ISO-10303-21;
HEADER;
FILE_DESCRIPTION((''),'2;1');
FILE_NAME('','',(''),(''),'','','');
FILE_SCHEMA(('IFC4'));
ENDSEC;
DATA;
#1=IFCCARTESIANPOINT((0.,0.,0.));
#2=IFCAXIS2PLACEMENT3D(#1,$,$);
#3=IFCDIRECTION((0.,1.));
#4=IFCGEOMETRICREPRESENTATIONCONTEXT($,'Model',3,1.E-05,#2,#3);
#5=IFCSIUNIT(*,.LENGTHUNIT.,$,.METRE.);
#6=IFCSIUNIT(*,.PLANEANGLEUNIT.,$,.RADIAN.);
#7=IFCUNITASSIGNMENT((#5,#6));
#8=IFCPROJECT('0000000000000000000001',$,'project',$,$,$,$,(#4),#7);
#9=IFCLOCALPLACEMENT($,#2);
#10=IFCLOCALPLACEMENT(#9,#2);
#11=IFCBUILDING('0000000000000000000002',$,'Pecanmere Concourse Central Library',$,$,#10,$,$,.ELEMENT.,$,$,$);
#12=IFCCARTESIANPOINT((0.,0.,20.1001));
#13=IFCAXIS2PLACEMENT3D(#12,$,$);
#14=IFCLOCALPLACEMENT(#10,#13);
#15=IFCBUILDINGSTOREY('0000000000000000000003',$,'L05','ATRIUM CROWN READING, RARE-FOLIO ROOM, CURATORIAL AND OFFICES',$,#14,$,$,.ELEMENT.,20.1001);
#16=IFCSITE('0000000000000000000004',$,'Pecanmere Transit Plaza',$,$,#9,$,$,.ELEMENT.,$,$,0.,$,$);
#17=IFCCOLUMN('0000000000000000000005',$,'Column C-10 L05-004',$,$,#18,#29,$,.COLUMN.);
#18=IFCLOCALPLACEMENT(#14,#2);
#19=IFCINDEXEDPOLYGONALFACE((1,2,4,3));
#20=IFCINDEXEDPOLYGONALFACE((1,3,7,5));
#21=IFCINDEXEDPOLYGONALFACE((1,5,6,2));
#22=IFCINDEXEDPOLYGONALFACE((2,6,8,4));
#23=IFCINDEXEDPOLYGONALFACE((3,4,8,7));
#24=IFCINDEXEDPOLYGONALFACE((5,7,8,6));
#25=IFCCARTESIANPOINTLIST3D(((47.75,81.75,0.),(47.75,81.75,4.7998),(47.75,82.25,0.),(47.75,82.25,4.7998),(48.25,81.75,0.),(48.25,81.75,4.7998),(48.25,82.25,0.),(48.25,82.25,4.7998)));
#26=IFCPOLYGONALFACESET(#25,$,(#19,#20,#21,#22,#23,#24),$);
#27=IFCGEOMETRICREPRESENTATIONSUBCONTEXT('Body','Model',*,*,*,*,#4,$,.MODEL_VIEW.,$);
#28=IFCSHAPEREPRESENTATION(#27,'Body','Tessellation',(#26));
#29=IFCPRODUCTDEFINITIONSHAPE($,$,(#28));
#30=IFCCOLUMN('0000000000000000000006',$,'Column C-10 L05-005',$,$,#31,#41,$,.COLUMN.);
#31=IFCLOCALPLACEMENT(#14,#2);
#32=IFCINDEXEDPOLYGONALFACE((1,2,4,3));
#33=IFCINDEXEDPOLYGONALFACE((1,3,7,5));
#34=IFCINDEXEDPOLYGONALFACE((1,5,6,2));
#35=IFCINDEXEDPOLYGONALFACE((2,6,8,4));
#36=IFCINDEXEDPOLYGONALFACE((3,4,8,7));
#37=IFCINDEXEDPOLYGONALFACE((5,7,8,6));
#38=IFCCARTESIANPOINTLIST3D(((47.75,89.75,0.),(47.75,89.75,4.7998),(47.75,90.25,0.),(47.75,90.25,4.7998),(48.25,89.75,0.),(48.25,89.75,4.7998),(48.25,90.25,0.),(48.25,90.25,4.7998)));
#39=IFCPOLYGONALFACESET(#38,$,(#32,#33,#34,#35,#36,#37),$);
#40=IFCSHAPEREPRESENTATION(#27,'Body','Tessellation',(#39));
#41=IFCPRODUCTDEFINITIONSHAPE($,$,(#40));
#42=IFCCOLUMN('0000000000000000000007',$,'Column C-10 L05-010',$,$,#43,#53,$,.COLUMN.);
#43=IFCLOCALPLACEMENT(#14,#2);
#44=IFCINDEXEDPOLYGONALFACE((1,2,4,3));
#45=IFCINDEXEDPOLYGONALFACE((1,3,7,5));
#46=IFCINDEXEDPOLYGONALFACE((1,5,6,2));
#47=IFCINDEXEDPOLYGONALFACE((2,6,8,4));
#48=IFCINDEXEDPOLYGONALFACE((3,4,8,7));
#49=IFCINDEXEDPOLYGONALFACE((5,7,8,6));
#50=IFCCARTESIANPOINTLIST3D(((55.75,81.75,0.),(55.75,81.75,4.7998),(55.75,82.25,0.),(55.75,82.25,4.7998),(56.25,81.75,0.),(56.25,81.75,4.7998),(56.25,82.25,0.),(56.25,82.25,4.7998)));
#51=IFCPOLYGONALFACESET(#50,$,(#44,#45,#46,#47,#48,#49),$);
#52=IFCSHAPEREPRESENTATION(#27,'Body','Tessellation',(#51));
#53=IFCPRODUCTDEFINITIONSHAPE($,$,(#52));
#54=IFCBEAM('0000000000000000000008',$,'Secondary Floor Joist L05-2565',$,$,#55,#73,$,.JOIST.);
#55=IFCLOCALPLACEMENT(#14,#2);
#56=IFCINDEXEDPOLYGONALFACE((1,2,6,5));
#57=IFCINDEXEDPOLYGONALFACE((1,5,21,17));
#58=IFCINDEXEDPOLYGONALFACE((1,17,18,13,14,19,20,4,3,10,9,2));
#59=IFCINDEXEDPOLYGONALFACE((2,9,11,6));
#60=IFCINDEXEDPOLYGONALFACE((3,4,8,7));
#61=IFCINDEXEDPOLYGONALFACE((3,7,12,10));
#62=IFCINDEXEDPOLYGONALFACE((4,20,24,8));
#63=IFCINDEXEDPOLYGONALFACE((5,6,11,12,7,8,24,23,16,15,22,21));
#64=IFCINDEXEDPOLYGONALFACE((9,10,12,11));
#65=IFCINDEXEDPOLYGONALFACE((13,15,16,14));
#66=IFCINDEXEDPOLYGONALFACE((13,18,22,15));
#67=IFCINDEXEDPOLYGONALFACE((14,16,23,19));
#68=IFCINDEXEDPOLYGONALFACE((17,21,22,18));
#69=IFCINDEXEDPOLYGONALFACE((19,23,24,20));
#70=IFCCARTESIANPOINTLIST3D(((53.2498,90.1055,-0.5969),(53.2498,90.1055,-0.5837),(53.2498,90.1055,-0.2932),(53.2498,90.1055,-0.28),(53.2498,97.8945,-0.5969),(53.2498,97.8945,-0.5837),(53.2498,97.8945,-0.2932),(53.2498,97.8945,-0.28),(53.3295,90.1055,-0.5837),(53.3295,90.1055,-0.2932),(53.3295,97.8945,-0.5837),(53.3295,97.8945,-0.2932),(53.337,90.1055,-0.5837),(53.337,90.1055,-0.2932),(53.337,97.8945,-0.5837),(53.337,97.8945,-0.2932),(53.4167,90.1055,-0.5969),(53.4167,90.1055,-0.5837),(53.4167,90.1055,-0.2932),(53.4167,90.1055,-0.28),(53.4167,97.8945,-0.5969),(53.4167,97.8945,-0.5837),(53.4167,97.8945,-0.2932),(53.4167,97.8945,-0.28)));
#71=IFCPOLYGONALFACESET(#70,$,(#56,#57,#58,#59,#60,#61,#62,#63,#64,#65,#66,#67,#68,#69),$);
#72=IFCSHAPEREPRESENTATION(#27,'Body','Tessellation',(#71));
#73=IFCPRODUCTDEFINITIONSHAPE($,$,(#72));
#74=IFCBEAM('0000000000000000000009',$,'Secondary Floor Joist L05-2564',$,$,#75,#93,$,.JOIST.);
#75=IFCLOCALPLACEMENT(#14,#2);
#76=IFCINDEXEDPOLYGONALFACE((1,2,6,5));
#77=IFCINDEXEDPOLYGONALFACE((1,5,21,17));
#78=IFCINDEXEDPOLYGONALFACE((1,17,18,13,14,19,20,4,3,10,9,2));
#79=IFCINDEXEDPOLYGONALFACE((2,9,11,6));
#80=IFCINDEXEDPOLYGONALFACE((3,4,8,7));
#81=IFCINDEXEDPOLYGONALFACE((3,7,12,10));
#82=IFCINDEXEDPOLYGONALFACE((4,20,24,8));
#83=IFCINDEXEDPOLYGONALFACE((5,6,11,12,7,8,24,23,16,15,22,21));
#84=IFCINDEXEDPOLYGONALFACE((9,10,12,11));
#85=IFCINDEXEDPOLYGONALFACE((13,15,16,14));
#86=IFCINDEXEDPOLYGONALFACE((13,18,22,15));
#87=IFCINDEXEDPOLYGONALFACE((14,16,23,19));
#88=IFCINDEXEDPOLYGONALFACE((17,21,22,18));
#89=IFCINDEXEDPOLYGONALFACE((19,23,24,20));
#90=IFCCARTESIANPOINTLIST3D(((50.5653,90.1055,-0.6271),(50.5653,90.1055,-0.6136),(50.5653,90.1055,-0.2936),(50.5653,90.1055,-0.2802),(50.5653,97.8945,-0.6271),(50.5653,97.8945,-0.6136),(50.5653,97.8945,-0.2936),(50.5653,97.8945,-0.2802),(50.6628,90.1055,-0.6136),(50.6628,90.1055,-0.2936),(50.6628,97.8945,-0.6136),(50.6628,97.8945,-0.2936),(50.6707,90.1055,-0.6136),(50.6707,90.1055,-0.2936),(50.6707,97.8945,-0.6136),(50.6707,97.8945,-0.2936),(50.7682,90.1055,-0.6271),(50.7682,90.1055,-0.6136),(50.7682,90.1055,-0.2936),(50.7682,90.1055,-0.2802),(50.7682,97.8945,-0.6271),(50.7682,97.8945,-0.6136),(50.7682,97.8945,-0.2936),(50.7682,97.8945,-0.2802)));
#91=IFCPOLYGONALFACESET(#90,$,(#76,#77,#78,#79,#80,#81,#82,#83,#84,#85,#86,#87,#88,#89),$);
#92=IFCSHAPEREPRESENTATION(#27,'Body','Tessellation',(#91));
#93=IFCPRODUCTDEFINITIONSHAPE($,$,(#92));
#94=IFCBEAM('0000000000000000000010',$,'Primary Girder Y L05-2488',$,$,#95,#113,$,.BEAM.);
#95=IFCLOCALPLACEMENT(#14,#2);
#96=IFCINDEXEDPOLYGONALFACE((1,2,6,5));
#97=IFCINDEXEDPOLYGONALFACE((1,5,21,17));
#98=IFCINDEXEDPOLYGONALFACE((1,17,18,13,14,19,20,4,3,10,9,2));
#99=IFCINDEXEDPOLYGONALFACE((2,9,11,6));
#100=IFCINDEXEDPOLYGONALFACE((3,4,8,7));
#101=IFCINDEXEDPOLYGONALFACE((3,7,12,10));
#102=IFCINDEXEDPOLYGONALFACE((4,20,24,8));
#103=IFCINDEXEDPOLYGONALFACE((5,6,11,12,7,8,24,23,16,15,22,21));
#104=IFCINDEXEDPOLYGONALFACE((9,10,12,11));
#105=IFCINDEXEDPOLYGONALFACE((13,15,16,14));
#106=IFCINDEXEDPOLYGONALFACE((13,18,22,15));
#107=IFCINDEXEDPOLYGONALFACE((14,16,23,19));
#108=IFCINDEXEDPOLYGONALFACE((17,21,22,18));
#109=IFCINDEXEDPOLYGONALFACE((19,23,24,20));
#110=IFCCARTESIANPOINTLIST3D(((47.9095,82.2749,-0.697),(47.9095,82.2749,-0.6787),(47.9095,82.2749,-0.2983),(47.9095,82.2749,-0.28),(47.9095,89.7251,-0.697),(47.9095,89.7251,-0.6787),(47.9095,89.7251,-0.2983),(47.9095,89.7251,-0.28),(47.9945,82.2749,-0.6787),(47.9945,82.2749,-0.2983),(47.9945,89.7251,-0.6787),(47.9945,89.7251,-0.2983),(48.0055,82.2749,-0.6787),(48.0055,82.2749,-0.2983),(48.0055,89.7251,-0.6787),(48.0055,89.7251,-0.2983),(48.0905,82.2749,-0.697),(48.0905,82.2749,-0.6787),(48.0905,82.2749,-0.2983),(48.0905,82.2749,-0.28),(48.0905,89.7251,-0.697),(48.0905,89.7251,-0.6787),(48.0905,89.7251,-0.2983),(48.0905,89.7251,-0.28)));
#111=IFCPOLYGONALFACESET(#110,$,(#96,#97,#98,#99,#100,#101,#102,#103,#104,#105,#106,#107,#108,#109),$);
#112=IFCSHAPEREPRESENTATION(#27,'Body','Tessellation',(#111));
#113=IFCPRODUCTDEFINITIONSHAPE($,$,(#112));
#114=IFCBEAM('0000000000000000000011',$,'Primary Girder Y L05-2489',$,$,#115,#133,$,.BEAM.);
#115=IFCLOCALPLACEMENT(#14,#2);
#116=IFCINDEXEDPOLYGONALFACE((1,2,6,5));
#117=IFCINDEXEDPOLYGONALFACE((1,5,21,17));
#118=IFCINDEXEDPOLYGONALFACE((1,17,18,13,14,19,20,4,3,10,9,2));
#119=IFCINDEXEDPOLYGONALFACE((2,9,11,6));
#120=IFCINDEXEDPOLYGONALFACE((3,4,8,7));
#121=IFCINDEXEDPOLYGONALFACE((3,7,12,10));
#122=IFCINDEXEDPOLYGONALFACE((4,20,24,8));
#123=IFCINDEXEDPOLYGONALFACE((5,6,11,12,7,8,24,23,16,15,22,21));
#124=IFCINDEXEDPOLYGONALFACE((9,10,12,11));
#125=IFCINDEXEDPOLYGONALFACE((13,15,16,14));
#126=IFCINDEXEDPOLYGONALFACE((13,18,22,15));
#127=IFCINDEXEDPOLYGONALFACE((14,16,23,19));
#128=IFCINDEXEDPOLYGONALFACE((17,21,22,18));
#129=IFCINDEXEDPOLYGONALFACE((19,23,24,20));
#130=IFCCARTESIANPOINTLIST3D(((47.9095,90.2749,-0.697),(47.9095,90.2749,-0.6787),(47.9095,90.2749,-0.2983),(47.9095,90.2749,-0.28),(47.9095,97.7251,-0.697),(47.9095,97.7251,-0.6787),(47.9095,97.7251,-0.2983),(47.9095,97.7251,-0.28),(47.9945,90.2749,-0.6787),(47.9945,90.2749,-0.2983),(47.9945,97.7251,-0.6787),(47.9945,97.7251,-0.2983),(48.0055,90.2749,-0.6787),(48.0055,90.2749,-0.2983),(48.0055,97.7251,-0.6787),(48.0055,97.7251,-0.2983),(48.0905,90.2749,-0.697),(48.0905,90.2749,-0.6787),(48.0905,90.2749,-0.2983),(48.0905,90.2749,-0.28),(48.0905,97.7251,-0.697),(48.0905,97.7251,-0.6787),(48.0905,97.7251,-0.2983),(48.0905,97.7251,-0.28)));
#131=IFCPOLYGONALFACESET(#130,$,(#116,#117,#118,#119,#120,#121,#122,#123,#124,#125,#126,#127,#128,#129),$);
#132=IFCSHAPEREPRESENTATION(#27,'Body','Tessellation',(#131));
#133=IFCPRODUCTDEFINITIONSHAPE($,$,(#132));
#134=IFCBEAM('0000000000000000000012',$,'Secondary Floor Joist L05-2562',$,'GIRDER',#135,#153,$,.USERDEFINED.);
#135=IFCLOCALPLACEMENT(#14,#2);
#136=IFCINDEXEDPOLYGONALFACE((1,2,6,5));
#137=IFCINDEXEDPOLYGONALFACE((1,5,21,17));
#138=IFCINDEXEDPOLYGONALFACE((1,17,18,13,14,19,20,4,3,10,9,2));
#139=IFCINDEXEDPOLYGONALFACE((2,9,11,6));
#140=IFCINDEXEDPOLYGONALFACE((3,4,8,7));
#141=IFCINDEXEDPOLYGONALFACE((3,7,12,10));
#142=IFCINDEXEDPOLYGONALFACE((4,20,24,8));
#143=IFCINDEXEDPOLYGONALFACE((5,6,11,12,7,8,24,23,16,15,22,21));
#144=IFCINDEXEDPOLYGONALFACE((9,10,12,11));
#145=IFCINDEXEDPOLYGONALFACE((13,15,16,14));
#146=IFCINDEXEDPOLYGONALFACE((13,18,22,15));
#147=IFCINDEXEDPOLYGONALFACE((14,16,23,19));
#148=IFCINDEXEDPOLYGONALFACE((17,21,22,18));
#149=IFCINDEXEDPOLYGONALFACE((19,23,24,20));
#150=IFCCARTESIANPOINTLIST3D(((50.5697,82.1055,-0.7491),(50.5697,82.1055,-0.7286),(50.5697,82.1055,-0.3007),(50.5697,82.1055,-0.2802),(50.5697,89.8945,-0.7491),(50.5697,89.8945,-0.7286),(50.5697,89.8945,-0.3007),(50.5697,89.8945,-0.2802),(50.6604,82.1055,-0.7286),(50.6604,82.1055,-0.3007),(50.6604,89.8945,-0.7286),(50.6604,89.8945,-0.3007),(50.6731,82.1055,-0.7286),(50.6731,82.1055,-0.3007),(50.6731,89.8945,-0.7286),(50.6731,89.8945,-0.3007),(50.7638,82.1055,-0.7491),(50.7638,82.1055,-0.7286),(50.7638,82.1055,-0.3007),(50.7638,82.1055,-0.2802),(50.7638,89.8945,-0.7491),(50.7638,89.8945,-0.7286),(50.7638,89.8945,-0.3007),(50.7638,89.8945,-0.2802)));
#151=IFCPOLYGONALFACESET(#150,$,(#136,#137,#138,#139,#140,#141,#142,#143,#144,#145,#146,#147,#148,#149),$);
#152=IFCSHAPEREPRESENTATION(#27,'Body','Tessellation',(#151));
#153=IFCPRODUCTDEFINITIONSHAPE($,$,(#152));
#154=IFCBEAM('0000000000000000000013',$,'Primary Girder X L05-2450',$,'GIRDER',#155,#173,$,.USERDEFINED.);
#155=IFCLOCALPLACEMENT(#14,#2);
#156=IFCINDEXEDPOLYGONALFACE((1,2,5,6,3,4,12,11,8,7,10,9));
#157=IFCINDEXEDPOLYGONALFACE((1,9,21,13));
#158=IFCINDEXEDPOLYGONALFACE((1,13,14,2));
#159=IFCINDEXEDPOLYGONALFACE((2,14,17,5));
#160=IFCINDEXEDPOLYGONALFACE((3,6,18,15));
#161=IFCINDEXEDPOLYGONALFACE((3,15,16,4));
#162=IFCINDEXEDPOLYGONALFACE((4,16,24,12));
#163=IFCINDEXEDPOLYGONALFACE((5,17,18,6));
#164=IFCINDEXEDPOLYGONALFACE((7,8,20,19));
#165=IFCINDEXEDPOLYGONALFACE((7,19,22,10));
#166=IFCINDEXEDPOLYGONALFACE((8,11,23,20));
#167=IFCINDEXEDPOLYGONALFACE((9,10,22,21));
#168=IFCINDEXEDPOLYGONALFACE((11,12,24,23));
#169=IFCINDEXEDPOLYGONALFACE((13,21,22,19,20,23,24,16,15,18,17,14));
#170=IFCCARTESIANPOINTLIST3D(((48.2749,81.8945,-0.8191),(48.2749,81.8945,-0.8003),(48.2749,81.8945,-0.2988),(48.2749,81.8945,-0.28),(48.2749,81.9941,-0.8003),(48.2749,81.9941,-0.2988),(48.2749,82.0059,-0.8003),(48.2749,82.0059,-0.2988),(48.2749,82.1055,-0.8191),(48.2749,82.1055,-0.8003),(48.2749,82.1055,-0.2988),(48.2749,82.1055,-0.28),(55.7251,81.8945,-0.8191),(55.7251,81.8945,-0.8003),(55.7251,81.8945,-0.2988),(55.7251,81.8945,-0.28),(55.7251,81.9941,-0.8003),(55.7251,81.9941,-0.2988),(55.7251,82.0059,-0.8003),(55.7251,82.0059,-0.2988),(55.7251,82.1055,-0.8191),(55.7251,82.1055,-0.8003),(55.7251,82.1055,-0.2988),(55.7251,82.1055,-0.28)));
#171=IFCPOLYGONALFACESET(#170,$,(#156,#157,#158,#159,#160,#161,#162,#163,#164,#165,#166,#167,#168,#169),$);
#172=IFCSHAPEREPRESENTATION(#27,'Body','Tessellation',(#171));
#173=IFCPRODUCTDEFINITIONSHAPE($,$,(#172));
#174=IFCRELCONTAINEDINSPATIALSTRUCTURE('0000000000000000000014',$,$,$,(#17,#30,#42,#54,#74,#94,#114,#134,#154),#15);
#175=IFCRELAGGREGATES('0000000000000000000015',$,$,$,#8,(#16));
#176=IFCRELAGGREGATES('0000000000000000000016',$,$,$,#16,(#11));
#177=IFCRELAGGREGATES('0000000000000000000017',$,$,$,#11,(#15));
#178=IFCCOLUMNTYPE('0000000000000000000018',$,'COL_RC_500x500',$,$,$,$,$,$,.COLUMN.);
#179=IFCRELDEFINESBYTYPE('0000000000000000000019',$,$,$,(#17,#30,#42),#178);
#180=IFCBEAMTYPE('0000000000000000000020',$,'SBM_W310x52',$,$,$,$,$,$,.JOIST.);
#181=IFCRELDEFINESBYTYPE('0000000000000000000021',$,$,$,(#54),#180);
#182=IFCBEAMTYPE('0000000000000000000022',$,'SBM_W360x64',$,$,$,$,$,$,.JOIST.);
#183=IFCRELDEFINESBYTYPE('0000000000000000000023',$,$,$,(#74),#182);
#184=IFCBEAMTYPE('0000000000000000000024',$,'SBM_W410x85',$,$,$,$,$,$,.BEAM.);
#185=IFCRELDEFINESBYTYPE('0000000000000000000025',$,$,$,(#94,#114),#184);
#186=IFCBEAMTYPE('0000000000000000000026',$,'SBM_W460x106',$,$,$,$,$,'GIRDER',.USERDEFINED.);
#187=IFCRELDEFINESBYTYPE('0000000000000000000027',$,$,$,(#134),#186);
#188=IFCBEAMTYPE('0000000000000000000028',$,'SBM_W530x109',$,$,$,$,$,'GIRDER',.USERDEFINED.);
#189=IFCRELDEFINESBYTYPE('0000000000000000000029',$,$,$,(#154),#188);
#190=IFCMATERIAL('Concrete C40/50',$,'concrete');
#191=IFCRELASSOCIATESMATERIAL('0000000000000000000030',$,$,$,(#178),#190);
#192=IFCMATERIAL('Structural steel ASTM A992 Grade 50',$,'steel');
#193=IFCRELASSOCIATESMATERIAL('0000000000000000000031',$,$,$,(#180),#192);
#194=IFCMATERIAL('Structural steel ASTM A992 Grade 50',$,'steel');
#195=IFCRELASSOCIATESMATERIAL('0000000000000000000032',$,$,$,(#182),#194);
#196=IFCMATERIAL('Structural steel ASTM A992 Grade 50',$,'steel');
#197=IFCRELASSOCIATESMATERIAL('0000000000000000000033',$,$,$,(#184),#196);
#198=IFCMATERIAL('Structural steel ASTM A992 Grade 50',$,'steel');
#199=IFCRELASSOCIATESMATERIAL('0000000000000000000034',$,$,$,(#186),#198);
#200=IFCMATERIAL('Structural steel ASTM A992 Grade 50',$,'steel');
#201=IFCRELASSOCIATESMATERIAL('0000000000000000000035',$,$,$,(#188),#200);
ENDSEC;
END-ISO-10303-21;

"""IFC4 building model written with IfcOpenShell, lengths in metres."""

from ifc_helpers import new_model, si_unit, direction, frame, origin, origin_2d, place, context, subcontext, project, spatial, rectangle, i_section, extrude, material, material_profile, profile_set, type_object, element, save


model = new_model("IFC4")

# Units and contexts
model_context = context("Model", 3, precision=1e-05, world=origin(), true_north=direction((0.0, 1.0)))
body_context = subcontext(model_context, "Body", "Model", "MODEL_VIEW")
ifc_project = project(units=[si_unit("LENGTHUNIT", "METRE"), si_unit("PLANEANGLEUNIT", "RADIAN")], contexts=[model_context])

# Site, building, storey
site_placement = place(None, origin())
site = spatial("IfcSite", under=ifc_project, at=site_placement, Name="Pecanmere Transit Plaza", CompositionType="ELEMENT", RefElevation=0.0)
building_placement = place(site_placement, origin())
building = spatial("IfcBuilding", under=site, at=building_placement, Name="Pecanmere Concourse Central Library", CompositionType="ELEMENT")
storey_placement = place(building_placement, frame((0.0, 0.0, 20.1001)))
storey = spatial("IfcBuildingStorey", under=building, at=storey_placement, Name="L05", Description="ATRIUM CROWN READING, RARE-FOLIO ROOM, CURATORIAL AND OFFICES", CompositionType="ELEMENT", Elevation=20.1001)

# Columns
ifc_material_1 = material(Name="Concrete C40/50", Category="concrete")
ifc_material_profile_1 = material_profile(ifc_material_1, rectangle(XDim=0.5, YDim=0.5, at=origin_2d()), Name="RC 500x500")
ifc_profile_set_1 = profile_set([ifc_material_profile_1], Name="Concrete C40/50")
column_type = type_object("IfcColumnType", Name="COL_RC_500x500", PredefinedType="COLUMN", material=ifc_profile_set_1)
for number, where, z_axis, x_axis, name in (
    (1, (48.0, 82.0, 0.0), (0.0, 0.0, 1.0), (1.0, 0.0, 0.0), "Column C-10 L05-004"),
    (2, (48.0, 90.0, 0.0), (0.0, 0.0, 1.0), (1.0, 0.0, 0.0), "Column C-10 L05-005"),
    (3, (56.0, 82.0, 0.0), (0.0, 0.0, 1.0), (1.0, 0.0, 0.0), "Column C-10 L05-010"),
):
    element("IfcColumn", number, at=place(storey_placement, frame(where, z_axis=z_axis, x_axis=x_axis)), inside=storey, type_object=column_type, Name=name, PredefinedType="COLUMN", context=body_context, shape_type="SweptSolid", body=[
        extrude(rectangle(XDim=0.5, YDim=0.5, at=origin_2d()), origin(), (0.0, 0.0, 1.0), 4.7998),
    ])

# Beams
ifc_material_2 = material(Name="Structural steel ASTM A992 Grade 50", Category="steel")
ifc_material_profile_2 = material_profile(ifc_material_2, i_section(OverallWidth=0.167, OverallDepth=0.3169, WebThickness=0.0076, FlangeThickness=0.0132, at=origin_2d()), Name="W310x52")
ifc_profile_set_2 = profile_set([ifc_material_profile_2], Name="Structural steel ASTM A992 Grade 50")
beam_type_1 = type_object("IfcBeamType", Name="SBM_W310x52", PredefinedType="JOIST", material=ifc_profile_set_2)
beam_1_placement = place(storey_placement, frame((53.3333, 90.1055, -0.4385), z_axis=(0.0, 1.0, 0.0), x_axis=(-1.0, 0.0, 0.0)))
element("IfcBeam", 4, at=beam_1_placement, inside=storey, type_object=beam_type_1, Name="Secondary Floor Joist L05-2565", PredefinedType="JOIST", context=body_context, shape_type="SweptSolid", body=[
    extrude(i_section(OverallWidth=0.167, OverallDepth=0.3169, WebThickness=0.0076, FlangeThickness=0.0132, at=origin_2d()), origin(), (0.0, 0.0, 1.0), 7.7891),
])
ifc_material_3 = material(Name="Structural steel ASTM A992 Grade 50", Category="steel")
ifc_material_profile_3 = material_profile(ifc_material_3, i_section(OverallWidth=0.2029, OverallDepth=0.3469, WebThickness=0.0078, FlangeThickness=0.0134, at=origin_2d()), Name="W360x64")
ifc_profile_set_3 = profile_set([ifc_material_profile_3], Name="Structural steel ASTM A992 Grade 50")
beam_type_2 = type_object("IfcBeamType", Name="SBM_W360x64", PredefinedType="JOIST", material=ifc_profile_set_3)
beam_2_placement = place(storey_placement, frame((50.6667, 90.1055, -0.4536), z_axis=(0.0, 1.0, 0.0), x_axis=(-1.0, 0.0, 0.0)))
element("IfcBeam", 5, at=beam_2_placement, inside=storey, type_object=beam_type_2, Name="Secondary Floor Joist L05-2564", PredefinedType="JOIST", context=body_context, shape_type="SweptSolid", body=[
    extrude(i_section(OverallWidth=0.2029, OverallDepth=0.3469, WebThickness=0.0078, FlangeThickness=0.0134, at=origin_2d()), origin(), (0.0, 0.0, 1.0), 7.7891),
])
ifc_material_4 = material(Name="Structural steel ASTM A992 Grade 50", Category="steel")
ifc_material_profile_4 = material_profile(ifc_material_4, i_section(OverallWidth=0.1809, OverallDepth=0.417, WebThickness=0.011, FlangeThickness=0.0183, at=origin_2d()), Name="W410x85")
ifc_profile_set_4 = profile_set([ifc_material_profile_4], Name="Structural steel ASTM A992 Grade 50")
beam_type_3 = type_object("IfcBeamType", Name="SBM_W410x85", PredefinedType="BEAM", material=ifc_profile_set_4)
for number, where, z_axis, x_axis, name in (
    (6, (48.0, 82.2749, -0.4885), (0.0, 1.0, 0.0), (-1.0, 0.0, 0.0), "Primary Girder Y L05-2488"),
    (7, (48.0, 90.2749, -0.4885), (0.0, 1.0, 0.0), (-1.0, 0.0, 0.0), "Primary Girder Y L05-2489"),
):
    element("IfcBeam", number, at=place(storey_placement, frame(where, z_axis=z_axis, x_axis=x_axis)), inside=storey, type_object=beam_type_3, Name=name, PredefinedType="BEAM", context=body_context, shape_type="SweptSolid", body=[
        extrude(i_section(OverallWidth=0.1809, OverallDepth=0.417, WebThickness=0.011, FlangeThickness=0.0183, at=origin_2d()), origin(), (0.0, 0.0, 1.0), 7.4502),
    ])
ifc_material_5 = material(Name="Structural steel ASTM A992 Grade 50", Category="steel")
ifc_material_profile_5 = material_profile(ifc_material_5, i_section(OverallWidth=0.1941, OverallDepth=0.469, WebThickness=0.0127, FlangeThickness=0.0205, at=origin_2d()), Name="W460x106")
ifc_profile_set_5 = profile_set([ifc_material_profile_5], Name="Structural steel ASTM A992 Grade 50")
beam_type_4 = type_object("IfcBeamType", Name="SBM_W460x106", ElementType="GIRDER", PredefinedType="USERDEFINED", material=ifc_profile_set_5)
beam_3_placement = place(storey_placement, frame((50.6667, 82.1055, -0.5146), z_axis=(0.0, 1.0, 0.0), x_axis=(-1.0, 0.0, 0.0)))
element("IfcBeam", 8, at=beam_3_placement, inside=storey, type_object=beam_type_4, Name="Secondary Floor Joist L05-2562", ObjectType="GIRDER", PredefinedType="USERDEFINED", context=body_context, shape_type="SweptSolid", body=[
    extrude(i_section(OverallWidth=0.1941, OverallDepth=0.469, WebThickness=0.0127, FlangeThickness=0.0205, at=origin_2d()), origin(), (0.0, 0.0, 1.0), 7.7891),
])
ifc_material_6 = material(Name="Structural steel ASTM A992 Grade 50", Category="steel")
ifc_material_profile_6 = material_profile(ifc_material_6, i_section(OverallWidth=0.2109, OverallDepth=0.5391, WebThickness=0.0117, FlangeThickness=0.0188, at=origin_2d()), Name="W530x109")
ifc_profile_set_6 = profile_set([ifc_material_profile_6], Name="Structural steel ASTM A992 Grade 50")
beam_type_5 = type_object("IfcBeamType", Name="SBM_W530x109", ElementType="GIRDER", PredefinedType="USERDEFINED", material=ifc_profile_set_6)
for number, where, z_axis, x_axis, name in (
    (9, (48.2749, 82.0, -0.5496), (1.0, 0.0, 0.0), (0.0, 1.0, 0.0), "Primary Girder X L05-2450"),
):
    element("IfcBeam", number, at=place(storey_placement, frame(where, z_axis=z_axis, x_axis=x_axis)), inside=storey, type_object=beam_type_5, Name=name, ObjectType="GIRDER", PredefinedType="USERDEFINED", context=body_context, shape_type="SweptSolid", body=[
        extrude(i_section(OverallWidth=0.2109, OverallDepth=0.5391, WebThickness=0.0117, FlangeThickness=0.0188, at=origin_2d()), origin(), (0.0, 0.0, 1.0), 7.4502),
    ])

save(model, "model.ifc")
